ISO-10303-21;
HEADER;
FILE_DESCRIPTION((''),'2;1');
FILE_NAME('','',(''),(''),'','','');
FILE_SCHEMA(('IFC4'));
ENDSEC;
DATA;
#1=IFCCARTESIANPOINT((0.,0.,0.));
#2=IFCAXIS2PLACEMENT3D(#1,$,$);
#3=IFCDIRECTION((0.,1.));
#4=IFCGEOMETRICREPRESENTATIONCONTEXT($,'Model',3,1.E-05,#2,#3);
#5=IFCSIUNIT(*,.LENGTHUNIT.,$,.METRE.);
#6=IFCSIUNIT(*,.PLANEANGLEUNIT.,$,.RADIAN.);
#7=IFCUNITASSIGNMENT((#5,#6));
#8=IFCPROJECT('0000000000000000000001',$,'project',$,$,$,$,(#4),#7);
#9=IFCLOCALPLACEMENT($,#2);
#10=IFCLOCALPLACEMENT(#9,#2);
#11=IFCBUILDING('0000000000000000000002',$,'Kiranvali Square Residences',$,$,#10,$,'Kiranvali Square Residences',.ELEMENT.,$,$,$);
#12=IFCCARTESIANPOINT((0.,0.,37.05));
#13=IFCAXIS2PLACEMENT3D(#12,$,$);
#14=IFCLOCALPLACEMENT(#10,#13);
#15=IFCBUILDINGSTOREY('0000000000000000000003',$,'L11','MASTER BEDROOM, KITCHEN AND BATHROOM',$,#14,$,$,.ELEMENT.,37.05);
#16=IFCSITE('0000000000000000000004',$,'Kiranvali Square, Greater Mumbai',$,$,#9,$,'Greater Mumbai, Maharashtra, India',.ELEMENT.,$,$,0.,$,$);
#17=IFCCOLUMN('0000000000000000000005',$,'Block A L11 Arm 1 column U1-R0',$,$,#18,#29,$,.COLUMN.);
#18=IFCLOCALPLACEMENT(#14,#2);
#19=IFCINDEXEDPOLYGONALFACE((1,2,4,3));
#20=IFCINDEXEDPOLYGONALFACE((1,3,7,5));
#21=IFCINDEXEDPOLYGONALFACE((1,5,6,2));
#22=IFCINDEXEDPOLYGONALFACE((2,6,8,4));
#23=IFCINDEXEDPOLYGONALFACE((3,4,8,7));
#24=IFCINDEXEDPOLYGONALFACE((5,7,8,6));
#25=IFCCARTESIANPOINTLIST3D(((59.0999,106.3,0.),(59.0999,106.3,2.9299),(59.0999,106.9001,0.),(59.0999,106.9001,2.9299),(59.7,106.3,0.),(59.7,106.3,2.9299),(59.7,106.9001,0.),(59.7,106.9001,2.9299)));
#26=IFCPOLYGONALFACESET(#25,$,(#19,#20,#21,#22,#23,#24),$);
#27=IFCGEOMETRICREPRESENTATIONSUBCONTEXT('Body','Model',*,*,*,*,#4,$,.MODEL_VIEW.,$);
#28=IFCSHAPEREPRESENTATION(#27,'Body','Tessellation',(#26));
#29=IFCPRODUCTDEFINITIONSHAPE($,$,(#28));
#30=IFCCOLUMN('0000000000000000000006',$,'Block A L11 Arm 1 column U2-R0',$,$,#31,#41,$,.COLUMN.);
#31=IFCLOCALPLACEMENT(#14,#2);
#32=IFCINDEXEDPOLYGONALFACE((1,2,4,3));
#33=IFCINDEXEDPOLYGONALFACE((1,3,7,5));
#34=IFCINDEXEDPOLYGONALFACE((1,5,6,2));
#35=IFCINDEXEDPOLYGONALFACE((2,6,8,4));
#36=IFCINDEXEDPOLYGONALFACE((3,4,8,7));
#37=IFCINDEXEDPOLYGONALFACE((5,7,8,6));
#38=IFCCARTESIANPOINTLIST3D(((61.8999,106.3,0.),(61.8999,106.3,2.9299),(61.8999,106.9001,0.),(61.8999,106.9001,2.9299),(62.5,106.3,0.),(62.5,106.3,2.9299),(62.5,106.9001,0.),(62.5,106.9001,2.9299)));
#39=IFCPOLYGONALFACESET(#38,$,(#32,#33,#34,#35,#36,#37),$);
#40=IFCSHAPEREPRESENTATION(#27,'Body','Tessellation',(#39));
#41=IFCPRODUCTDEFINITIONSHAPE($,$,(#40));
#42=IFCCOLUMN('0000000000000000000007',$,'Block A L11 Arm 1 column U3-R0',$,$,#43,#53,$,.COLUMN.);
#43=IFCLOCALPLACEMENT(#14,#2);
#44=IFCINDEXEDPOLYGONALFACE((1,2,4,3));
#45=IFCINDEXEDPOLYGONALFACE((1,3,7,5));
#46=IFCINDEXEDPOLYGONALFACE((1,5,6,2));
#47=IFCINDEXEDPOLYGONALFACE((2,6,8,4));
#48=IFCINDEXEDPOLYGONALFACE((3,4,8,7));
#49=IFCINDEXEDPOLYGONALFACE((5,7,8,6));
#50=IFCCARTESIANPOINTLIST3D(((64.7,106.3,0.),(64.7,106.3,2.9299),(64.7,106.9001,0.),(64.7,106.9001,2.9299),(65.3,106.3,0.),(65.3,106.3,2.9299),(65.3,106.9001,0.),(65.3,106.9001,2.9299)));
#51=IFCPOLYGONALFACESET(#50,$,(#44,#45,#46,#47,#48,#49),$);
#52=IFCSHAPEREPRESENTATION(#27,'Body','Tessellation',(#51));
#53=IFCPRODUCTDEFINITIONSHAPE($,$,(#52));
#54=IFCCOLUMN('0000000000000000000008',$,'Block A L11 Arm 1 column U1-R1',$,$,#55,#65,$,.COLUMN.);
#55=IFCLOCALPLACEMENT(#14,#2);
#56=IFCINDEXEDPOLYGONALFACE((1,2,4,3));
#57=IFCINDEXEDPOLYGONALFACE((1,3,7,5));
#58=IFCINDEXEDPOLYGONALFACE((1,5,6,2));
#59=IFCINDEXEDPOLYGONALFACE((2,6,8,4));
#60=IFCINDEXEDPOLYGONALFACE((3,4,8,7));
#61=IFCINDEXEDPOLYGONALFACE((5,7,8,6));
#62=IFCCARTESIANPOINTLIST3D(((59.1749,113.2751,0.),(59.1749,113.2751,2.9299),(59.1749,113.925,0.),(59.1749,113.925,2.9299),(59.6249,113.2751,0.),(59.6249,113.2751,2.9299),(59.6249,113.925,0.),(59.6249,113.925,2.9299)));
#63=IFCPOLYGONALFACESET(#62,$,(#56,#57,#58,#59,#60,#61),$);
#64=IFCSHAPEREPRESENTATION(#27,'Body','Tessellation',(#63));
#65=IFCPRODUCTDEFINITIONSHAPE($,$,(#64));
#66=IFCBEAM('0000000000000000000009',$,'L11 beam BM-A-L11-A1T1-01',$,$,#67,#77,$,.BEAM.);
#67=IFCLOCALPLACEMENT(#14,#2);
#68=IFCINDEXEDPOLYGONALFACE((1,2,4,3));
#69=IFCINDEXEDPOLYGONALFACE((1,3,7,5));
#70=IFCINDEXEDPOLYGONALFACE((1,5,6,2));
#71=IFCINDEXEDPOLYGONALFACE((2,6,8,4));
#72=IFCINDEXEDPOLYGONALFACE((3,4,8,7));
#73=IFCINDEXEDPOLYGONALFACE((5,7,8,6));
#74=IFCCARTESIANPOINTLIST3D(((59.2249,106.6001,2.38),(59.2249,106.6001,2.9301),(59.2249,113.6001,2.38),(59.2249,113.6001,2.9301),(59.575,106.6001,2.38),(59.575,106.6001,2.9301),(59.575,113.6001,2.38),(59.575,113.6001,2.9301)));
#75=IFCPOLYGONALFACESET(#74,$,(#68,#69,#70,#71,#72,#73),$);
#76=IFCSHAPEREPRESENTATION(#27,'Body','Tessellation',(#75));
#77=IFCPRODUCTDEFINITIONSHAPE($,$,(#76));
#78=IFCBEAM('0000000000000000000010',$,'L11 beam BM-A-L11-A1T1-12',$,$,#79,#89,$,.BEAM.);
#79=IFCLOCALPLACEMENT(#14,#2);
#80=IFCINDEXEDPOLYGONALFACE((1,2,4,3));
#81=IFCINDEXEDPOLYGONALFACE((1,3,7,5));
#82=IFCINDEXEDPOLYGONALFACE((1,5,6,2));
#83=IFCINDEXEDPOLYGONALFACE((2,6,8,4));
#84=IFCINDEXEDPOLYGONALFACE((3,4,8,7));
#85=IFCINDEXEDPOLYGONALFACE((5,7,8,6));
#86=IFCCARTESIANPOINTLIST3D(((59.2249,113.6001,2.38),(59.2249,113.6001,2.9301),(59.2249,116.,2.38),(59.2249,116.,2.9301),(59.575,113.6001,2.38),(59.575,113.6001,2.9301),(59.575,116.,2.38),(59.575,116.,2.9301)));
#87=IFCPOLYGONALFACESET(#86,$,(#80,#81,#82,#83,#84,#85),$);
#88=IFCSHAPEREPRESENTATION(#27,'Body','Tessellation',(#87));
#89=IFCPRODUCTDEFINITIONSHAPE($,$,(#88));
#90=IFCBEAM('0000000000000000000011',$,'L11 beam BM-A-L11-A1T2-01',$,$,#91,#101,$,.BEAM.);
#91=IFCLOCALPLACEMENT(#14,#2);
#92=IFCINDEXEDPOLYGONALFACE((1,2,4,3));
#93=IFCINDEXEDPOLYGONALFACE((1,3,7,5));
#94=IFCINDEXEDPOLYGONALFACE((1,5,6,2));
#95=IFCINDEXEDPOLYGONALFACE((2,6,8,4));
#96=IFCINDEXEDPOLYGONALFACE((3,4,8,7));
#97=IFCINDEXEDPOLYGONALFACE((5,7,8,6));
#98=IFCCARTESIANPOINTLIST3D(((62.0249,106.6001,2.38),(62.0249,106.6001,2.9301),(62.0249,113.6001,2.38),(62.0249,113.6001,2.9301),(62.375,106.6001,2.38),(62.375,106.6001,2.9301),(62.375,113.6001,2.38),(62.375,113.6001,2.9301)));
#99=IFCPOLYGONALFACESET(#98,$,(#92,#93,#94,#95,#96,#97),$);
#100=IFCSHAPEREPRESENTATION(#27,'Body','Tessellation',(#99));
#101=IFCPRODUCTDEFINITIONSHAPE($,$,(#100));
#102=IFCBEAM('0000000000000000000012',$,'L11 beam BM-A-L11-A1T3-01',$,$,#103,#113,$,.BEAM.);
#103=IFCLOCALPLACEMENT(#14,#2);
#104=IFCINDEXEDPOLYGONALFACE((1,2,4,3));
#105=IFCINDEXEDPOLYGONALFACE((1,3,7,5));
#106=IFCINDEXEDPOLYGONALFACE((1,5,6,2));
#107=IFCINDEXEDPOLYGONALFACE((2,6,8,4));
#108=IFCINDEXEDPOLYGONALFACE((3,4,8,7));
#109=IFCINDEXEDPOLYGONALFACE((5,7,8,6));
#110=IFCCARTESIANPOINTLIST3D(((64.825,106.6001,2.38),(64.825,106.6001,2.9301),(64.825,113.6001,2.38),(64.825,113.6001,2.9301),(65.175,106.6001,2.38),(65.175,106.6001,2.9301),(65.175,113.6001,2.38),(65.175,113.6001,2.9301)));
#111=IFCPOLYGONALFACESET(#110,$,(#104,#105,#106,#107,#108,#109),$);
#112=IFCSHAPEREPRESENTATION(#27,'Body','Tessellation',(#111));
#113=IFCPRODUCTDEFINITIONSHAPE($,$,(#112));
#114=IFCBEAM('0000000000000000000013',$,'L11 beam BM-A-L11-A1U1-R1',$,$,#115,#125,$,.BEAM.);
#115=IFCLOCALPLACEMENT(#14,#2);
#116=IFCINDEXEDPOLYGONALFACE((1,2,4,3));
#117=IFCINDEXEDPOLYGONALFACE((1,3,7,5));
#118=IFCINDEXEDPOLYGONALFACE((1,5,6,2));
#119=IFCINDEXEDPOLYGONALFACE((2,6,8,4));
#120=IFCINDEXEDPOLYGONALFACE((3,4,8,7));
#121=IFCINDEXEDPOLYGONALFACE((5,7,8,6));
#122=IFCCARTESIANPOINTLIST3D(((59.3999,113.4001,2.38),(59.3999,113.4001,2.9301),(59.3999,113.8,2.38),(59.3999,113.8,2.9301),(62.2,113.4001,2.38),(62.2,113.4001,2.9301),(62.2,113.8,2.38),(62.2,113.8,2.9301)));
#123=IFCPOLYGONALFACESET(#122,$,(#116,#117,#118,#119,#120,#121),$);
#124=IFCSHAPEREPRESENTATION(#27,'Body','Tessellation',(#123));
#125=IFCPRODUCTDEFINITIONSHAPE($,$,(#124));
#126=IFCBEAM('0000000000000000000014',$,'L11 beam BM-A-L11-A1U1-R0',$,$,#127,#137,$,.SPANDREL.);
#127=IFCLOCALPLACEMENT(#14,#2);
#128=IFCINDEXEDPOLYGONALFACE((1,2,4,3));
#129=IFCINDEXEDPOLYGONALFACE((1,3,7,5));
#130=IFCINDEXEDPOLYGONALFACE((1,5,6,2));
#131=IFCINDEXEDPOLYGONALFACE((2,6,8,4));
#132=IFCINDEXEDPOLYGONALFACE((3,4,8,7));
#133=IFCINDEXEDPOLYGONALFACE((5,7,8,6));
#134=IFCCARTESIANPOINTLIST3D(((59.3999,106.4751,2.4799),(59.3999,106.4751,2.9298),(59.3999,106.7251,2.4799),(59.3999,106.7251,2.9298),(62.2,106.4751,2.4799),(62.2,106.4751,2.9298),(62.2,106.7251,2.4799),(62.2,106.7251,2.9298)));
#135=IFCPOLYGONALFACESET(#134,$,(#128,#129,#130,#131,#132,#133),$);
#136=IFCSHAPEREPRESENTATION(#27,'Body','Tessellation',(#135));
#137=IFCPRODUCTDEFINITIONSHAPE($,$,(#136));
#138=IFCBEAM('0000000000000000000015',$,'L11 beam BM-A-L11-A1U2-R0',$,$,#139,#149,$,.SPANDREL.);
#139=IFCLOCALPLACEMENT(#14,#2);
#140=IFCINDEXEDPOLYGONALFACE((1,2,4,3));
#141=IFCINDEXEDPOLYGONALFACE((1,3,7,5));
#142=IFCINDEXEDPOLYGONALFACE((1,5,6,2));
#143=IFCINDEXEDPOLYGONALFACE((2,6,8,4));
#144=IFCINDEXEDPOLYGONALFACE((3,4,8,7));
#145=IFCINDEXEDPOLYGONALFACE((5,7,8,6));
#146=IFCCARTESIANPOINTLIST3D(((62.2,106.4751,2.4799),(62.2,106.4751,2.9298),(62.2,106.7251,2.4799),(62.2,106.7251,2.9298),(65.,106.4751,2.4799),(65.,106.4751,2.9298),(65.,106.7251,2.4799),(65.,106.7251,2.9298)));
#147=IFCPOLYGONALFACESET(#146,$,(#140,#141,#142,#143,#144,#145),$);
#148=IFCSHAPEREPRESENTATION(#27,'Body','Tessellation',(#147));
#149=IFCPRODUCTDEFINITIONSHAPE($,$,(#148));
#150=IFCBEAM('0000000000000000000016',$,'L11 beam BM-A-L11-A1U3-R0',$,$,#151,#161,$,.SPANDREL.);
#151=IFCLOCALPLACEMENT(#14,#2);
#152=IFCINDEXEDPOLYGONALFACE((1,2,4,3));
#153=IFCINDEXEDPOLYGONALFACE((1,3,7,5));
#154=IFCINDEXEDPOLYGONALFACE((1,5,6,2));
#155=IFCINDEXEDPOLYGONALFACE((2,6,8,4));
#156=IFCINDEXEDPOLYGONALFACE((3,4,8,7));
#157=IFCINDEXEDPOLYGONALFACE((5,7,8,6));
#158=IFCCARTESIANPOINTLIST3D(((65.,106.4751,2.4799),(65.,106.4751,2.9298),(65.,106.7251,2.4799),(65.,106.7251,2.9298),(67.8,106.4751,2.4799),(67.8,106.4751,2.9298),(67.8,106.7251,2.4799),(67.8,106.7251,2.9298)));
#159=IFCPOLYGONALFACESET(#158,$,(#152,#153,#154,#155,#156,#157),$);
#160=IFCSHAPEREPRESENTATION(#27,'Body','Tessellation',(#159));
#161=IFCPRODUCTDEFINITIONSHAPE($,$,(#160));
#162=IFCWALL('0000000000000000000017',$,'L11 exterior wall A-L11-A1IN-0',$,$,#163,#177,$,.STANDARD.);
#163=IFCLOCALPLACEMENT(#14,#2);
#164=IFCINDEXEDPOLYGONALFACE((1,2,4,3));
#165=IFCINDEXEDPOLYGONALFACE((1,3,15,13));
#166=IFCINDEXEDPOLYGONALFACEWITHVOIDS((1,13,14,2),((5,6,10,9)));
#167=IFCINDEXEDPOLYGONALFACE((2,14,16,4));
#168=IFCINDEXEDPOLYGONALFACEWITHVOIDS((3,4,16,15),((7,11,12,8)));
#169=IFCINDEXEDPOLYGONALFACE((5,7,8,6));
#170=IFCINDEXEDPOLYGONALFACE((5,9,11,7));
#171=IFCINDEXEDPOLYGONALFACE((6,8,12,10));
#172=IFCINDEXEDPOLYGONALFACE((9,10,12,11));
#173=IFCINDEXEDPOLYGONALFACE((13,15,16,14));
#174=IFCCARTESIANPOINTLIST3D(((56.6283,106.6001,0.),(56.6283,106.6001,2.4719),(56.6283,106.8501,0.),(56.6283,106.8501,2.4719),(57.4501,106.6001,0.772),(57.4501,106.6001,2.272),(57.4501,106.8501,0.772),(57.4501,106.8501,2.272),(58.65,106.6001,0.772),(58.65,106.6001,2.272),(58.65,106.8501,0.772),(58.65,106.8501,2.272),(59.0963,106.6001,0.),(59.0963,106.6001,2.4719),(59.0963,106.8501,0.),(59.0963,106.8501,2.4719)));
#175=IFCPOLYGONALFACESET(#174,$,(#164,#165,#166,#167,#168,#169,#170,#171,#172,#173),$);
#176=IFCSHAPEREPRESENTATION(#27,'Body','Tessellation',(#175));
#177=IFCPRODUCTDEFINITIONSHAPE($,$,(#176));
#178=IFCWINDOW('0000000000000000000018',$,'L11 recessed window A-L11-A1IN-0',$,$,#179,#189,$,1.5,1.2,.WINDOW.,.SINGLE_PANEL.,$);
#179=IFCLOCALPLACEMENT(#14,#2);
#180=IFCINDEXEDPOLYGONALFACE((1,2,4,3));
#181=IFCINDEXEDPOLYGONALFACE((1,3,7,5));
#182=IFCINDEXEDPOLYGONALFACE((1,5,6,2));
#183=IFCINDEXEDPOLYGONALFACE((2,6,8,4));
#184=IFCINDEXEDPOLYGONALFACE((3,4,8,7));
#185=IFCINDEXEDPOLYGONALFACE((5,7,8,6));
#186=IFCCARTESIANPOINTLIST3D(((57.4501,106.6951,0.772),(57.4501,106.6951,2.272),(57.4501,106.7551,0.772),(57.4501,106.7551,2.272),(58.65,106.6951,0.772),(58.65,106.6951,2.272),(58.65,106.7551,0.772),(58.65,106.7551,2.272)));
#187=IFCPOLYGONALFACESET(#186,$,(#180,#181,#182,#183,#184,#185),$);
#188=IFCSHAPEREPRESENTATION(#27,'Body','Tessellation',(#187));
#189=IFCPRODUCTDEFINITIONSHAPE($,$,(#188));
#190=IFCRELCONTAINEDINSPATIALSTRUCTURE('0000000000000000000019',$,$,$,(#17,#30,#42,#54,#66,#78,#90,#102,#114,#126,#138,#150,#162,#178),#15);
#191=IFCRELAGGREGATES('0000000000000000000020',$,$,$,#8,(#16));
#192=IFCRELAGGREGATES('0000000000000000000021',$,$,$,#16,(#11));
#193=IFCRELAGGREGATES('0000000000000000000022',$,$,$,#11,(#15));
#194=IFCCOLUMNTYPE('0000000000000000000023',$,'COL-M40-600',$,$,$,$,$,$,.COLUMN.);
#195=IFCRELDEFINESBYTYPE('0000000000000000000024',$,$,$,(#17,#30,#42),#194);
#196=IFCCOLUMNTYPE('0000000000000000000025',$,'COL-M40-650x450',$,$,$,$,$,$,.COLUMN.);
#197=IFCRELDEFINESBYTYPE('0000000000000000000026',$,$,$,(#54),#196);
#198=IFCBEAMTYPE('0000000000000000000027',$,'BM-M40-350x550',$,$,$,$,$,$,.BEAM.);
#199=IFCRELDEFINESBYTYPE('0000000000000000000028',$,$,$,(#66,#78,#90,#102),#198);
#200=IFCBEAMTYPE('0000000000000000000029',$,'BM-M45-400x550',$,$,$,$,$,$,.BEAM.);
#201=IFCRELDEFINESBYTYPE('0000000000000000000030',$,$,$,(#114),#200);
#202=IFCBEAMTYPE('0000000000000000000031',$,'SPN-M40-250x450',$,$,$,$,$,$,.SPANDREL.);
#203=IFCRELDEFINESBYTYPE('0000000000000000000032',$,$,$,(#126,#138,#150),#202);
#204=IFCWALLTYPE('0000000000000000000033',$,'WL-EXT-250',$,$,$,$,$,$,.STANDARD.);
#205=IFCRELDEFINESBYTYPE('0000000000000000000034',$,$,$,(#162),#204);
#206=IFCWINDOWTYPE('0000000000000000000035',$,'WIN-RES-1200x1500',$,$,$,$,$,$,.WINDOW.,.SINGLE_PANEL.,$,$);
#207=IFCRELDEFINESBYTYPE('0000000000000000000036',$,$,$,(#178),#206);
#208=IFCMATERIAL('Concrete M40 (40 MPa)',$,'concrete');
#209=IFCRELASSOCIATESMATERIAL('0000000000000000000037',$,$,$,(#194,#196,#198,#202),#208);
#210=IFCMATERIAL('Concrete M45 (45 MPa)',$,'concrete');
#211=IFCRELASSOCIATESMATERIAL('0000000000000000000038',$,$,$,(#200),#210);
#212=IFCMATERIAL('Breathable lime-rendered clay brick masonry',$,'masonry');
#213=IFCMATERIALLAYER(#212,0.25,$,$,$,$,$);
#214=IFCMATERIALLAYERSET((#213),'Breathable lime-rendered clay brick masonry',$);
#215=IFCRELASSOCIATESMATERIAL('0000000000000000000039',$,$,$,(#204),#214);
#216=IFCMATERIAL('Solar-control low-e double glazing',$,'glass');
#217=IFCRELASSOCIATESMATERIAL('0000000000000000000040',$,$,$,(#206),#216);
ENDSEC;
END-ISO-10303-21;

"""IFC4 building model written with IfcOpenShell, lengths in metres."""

from ifc_helpers import new_model, si_unit, direction, frame, frame_2d, origin, origin_2d, place, context, subcontext, project, spatial, rectangle, extrude, material, layer, layer_set, material_profile, profile_set, type_object, element, fill, save


model = new_model("IFC4")

# Units and contexts
model_context = context("Model", 3, precision=1e-05, world=origin(), true_north=direction((0.0, 1.0)))
body_context = subcontext(model_context, "Body", "Model", "MODEL_VIEW")
ifc_project = project(units=[si_unit("LENGTHUNIT", "METRE"), si_unit("PLANEANGLEUNIT", "RADIAN")], contexts=[model_context])

# Site, building, storey
site_placement = place(None, origin())
site = spatial("IfcSite", under=ifc_project, at=site_placement, Name="Kiranvali Square, Greater Mumbai", LongName="Greater Mumbai, Maharashtra, India", CompositionType="ELEMENT", RefElevation=0.0)
building_placement = place(site_placement, origin())
building = spatial("IfcBuilding", under=site, at=building_placement, Name="Kiranvali Square Residences", LongName="Kiranvali Square Residences", CompositionType="ELEMENT")
storey_placement = place(building_placement, frame((0.0, 0.0, 37.05)))
storey = spatial("IfcBuildingStorey", under=building, at=storey_placement, Name="L11", Description="MASTER BEDROOM, KITCHEN AND BATHROOM", CompositionType="ELEMENT", Elevation=37.05)

# Columns
ifc_material_1 = material(Name="Concrete M40 (40 MPa)", Category="concrete")
ifc_material_profile_1 = material_profile(ifc_material_1, rectangle(XDim=0.6001, YDim=0.6001, at=origin_2d()), Name="RC 600x600")
ifc_profile_set_1 = profile_set([ifc_material_profile_1], Name="Concrete M40 (40 MPa)")
column_type_1 = type_object("IfcColumnType", Name="COL-M40-600", PredefinedType="COLUMN", material=ifc_profile_set_1)
for number, where, z_axis, x_axis, name in (
    (1, (59.3999, 106.6001, 0.0), (0.0, 0.0, 1.0), (1.0, 0.0, 0.0), "Block A L11 Arm 1 column U1-R0"),
    (2, (62.2, 106.6001, 0.0), (0.0, 0.0, 1.0), (1.0, 0.0, 0.0), "Block A L11 Arm 1 column U2-R0"),
    (3, (65.0, 106.6001, 0.0), (0.0, 0.0, 1.0), (1.0, 0.0, 0.0), "Block A L11 Arm 1 column U3-R0"),
):
    element("IfcColumn", number, at=place(storey_placement, frame(where, z_axis=z_axis, x_axis=x_axis)), inside=storey, type_object=column_type_1, Name=name, PredefinedType="COLUMN", context=body_context, shape_type="SweptSolid", body=[
        extrude(rectangle(XDim=0.6001, YDim=0.6001, at=origin_2d()), origin(), (0.0, 0.0, 1.0), 2.9299),
    ])
ifc_material_profile_2 = material_profile(ifc_material_1, rectangle(XDim=0.45, YDim=0.6499, at=origin_2d()), Name="RC 650x450")
ifc_profile_set_2 = profile_set([ifc_material_profile_2], Name="Concrete M40 (40 MPa)")
column_type_2 = type_object("IfcColumnType", Name="COL-M40-650x450", PredefinedType="COLUMN", material=ifc_profile_set_2)
column_placement = place(storey_placement, frame((59.3999, 113.6001, 0.0), z_axis=(0.0, 0.0, 1.0), x_axis=(1.0, 0.0, 0.0)))
element("IfcColumn", 4, at=column_placement, inside=storey, type_object=column_type_2, Name="Block A L11 Arm 1 column U1-R1", PredefinedType="COLUMN", context=body_context, shape_type="SweptSolid", body=[
    extrude(rectangle(XDim=0.45, YDim=0.6499, at=origin_2d()), origin(), (0.0, 0.0, 1.0), 2.9299),
])

# Beams
ifc_material_profile_3 = material_profile(ifc_material_1, rectangle(XDim=0.3501, YDim=0.55, at=origin_2d()), Name="RC 350x550")
ifc_profile_set_3 = profile_set([ifc_material_profile_3], Name="Concrete M40 (40 MPa)")
beam_type_1 = type_object("IfcBeamType", Name="BM-M40-350x550", PredefinedType="BEAM", material=ifc_profile_set_3)
beam_1_placement = place(storey_placement, frame((59.3999, 106.6001, 2.655), z_axis=(0.0, 1.0, 0.0), x_axis=(-1.0, 0.0, 0.0)))
element("IfcBeam", 5, at=beam_1_placement, inside=storey, type_object=beam_type_1, Name="L11 beam BM-A-L11-A1T1-01", PredefinedType="BEAM", context=body_context, shape_type="SweptSolid", body=[
    extrude(rectangle(XDim=0.3501, YDim=0.55, at=origin_2d()), origin(), (0.0, 0.0, 1.0), 7.0),
])
beam_2_placement = place(storey_placement, frame((59.3999, 113.6001, 2.655), z_axis=(0.0, 1.0, 0.0), x_axis=(-1.0, 0.0, 0.0)))
element("IfcBeam", 6, at=beam_2_placement, inside=storey, type_object=beam_type_1, Name="L11 beam BM-A-L11-A1T1-12", PredefinedType="BEAM", context=body_context, shape_type="SweptSolid", body=[
    extrude(rectangle(XDim=0.3501, YDim=0.55, at=origin_2d()), origin(), (0.0, 0.0, 1.0), 2.3999),
])
for number, where, z_axis, x_axis, name in (
    (7, (62.2, 106.6001, 2.655), (0.0, 1.0, 0.0), (-1.0, 0.0, 0.0), "L11 beam BM-A-L11-A1T2-01"),
    (8, (65.0, 106.6001, 2.655), (0.0, 1.0, 0.0), (-1.0, 0.0, 0.0), "L11 beam BM-A-L11-A1T3-01"),
):
    element("IfcBeam", number, at=place(storey_placement, frame(where, z_axis=z_axis, x_axis=x_axis)), inside=storey, type_object=beam_type_1, Name=name, PredefinedType="BEAM", context=body_context, shape_type="SweptSolid", body=[
        extrude(rectangle(XDim=0.3501, YDim=0.55, at=origin_2d()), origin(), (0.0, 0.0, 1.0), 7.0),
    ])
ifc_material_2 = material(Name="Concrete M45 (45 MPa)", Category="concrete")
ifc_material_profile_4 = material_profile(ifc_material_2, rectangle(XDim=0.3999, YDim=0.55, at=origin_2d()), Name="RC 400x550")
ifc_profile_set_4 = profile_set([ifc_material_profile_4], Name="Concrete M45 (45 MPa)")
beam_type_2 = type_object("IfcBeamType", Name="BM-M45-400x550", PredefinedType="BEAM", material=ifc_profile_set_4)
beam_3_placement = place(storey_placement, frame((59.3999, 113.6001, 2.655), z_axis=(1.0, 0.0, 0.0), x_axis=(0.0, 1.0, 0.0)))
element("IfcBeam", 9, at=beam_3_placement, inside=storey, type_object=beam_type_2, Name="L11 beam BM-A-L11-A1U1-R1", PredefinedType="BEAM", context=body_context, shape_type="SweptSolid", body=[
    extrude(rectangle(XDim=0.3999, YDim=0.55, at=origin_2d()), origin(), (0.0, 0.0, 1.0), 2.8),
])
ifc_material_profile_5 = material_profile(ifc_material_1, rectangle(XDim=0.25, YDim=0.45, at=origin_2d()), Name="RC 250x450")
ifc_profile_set_5 = profile_set([ifc_material_profile_5], Name="Concrete M40 (40 MPa)")
beam_type_3 = type_object("IfcBeamType", Name="SPN-M40-250x450", PredefinedType="SPANDREL", material=ifc_profile_set_5)
for number, where, z_axis, x_axis, name in (
    (10, (59.3999, 106.6001, 2.7048), (1.0, 0.0, 0.0), (0.0, 1.0, 0.0), "L11 beam BM-A-L11-A1U1-R0"),
    (11, (62.2, 106.6001, 2.7048), (1.0, 0.0, 0.0), (0.0, 1.0, 0.0), "L11 beam BM-A-L11-A1U2-R0"),
    (12, (65.0, 106.6001, 2.7048), (1.0, 0.0, 0.0), (0.0, 1.0, 0.0), "L11 beam BM-A-L11-A1U3-R0"),
):
    element("IfcBeam", number, at=place(storey_placement, frame(where, z_axis=z_axis, x_axis=x_axis)), inside=storey, type_object=beam_type_3, Name=name, PredefinedType="SPANDREL", context=body_context, shape_type="SweptSolid", body=[
        extrude(rectangle(XDim=0.25, YDim=0.45, at=origin_2d()), origin(), (0.0, 0.0, 1.0), 2.8),
    ])

# Wall, opening, window
ifc_material_3 = material(Name="Breathable lime-rendered clay brick masonry", Category="masonry")
ifc_layer_1 = layer(ifc_material_3, 0.25)
ifc_layer_set_1 = layer_set([ifc_layer_1], Name="Breathable lime-rendered clay brick masonry")
wall_type_1 = type_object("IfcWallType", Name="WL-EXT-250", PredefinedType="STANDARD", material=ifc_layer_set_1)
wall_1_placement = place(storey_placement, frame((56.6284, 106.7251, 0.0), z_axis=(0.0, 0.0, 1.0), x_axis=(1.0, 0.0, 0.0)))
wall_1 = element("IfcWall", 13, at=wall_1_placement, inside=storey, type_object=wall_type_1, Name="L11 exterior wall A-L11-A1IN-0", PredefinedType="STANDARD", context=body_context, shape_type="SweptSolid", body=[
    extrude(rectangle(XDim=2.468, YDim=0.25, at=frame_2d((1.2339, 0.0))), origin(), (0.0, 0.0, 1.0), 2.4719),
])
opening_1_placement = place(wall_1_placement, frame((0.8215, 0.0, 0.772)))
opening_1 = element("IfcOpeningElement", 14, at=opening_1_placement, cuts=wall_1, PredefinedType="OPENING", context=body_context, shape_type="SweptSolid", body=[
    extrude(rectangle(XDim=1.2, YDim=1.5, at=frame_2d((0.6001, 0.75))), frame((0.0, 0.135, 0.0), z_axis=(0.0, -1.0, 0.0), x_axis=(1.0, 0.0, 0.0)), (0.0, 0.0, 1.0), 0.27),
])
ifc_material_4 = material(Name="Solar-control low-e double glazing", Category="glass")
window_type_1 = type_object("IfcWindowType", Name="WIN-RES-1200x1500", PartitioningType="SINGLE_PANEL", PredefinedType="WINDOW", material=ifc_material_4)
window_1_placement = place(opening_1_placement, origin())
window_1 = element("IfcWindow", 15, at=window_1_placement, inside=storey, type_object=window_type_1, Name="L11 recessed window A-L11-A1IN-0", OverallHeight=1.5, OverallWidth=1.2, PartitioningType="SINGLE_PANEL", PredefinedType="WINDOW", context=body_context, shape_type="SweptSolid", body=[
    extrude(rectangle(XDim=1.2, YDim=1.5, at=frame_2d((0.6001, 0.75))), frame((0.0, 0.03, 0.0), z_axis=(0.0, -1.0, 0.0), x_axis=(1.0, 0.0, 0.0)), (0.0, 0.0, 1.0), 0.0601),
])
fill(opening_1, window_1)

save(model, "model.ifc")
